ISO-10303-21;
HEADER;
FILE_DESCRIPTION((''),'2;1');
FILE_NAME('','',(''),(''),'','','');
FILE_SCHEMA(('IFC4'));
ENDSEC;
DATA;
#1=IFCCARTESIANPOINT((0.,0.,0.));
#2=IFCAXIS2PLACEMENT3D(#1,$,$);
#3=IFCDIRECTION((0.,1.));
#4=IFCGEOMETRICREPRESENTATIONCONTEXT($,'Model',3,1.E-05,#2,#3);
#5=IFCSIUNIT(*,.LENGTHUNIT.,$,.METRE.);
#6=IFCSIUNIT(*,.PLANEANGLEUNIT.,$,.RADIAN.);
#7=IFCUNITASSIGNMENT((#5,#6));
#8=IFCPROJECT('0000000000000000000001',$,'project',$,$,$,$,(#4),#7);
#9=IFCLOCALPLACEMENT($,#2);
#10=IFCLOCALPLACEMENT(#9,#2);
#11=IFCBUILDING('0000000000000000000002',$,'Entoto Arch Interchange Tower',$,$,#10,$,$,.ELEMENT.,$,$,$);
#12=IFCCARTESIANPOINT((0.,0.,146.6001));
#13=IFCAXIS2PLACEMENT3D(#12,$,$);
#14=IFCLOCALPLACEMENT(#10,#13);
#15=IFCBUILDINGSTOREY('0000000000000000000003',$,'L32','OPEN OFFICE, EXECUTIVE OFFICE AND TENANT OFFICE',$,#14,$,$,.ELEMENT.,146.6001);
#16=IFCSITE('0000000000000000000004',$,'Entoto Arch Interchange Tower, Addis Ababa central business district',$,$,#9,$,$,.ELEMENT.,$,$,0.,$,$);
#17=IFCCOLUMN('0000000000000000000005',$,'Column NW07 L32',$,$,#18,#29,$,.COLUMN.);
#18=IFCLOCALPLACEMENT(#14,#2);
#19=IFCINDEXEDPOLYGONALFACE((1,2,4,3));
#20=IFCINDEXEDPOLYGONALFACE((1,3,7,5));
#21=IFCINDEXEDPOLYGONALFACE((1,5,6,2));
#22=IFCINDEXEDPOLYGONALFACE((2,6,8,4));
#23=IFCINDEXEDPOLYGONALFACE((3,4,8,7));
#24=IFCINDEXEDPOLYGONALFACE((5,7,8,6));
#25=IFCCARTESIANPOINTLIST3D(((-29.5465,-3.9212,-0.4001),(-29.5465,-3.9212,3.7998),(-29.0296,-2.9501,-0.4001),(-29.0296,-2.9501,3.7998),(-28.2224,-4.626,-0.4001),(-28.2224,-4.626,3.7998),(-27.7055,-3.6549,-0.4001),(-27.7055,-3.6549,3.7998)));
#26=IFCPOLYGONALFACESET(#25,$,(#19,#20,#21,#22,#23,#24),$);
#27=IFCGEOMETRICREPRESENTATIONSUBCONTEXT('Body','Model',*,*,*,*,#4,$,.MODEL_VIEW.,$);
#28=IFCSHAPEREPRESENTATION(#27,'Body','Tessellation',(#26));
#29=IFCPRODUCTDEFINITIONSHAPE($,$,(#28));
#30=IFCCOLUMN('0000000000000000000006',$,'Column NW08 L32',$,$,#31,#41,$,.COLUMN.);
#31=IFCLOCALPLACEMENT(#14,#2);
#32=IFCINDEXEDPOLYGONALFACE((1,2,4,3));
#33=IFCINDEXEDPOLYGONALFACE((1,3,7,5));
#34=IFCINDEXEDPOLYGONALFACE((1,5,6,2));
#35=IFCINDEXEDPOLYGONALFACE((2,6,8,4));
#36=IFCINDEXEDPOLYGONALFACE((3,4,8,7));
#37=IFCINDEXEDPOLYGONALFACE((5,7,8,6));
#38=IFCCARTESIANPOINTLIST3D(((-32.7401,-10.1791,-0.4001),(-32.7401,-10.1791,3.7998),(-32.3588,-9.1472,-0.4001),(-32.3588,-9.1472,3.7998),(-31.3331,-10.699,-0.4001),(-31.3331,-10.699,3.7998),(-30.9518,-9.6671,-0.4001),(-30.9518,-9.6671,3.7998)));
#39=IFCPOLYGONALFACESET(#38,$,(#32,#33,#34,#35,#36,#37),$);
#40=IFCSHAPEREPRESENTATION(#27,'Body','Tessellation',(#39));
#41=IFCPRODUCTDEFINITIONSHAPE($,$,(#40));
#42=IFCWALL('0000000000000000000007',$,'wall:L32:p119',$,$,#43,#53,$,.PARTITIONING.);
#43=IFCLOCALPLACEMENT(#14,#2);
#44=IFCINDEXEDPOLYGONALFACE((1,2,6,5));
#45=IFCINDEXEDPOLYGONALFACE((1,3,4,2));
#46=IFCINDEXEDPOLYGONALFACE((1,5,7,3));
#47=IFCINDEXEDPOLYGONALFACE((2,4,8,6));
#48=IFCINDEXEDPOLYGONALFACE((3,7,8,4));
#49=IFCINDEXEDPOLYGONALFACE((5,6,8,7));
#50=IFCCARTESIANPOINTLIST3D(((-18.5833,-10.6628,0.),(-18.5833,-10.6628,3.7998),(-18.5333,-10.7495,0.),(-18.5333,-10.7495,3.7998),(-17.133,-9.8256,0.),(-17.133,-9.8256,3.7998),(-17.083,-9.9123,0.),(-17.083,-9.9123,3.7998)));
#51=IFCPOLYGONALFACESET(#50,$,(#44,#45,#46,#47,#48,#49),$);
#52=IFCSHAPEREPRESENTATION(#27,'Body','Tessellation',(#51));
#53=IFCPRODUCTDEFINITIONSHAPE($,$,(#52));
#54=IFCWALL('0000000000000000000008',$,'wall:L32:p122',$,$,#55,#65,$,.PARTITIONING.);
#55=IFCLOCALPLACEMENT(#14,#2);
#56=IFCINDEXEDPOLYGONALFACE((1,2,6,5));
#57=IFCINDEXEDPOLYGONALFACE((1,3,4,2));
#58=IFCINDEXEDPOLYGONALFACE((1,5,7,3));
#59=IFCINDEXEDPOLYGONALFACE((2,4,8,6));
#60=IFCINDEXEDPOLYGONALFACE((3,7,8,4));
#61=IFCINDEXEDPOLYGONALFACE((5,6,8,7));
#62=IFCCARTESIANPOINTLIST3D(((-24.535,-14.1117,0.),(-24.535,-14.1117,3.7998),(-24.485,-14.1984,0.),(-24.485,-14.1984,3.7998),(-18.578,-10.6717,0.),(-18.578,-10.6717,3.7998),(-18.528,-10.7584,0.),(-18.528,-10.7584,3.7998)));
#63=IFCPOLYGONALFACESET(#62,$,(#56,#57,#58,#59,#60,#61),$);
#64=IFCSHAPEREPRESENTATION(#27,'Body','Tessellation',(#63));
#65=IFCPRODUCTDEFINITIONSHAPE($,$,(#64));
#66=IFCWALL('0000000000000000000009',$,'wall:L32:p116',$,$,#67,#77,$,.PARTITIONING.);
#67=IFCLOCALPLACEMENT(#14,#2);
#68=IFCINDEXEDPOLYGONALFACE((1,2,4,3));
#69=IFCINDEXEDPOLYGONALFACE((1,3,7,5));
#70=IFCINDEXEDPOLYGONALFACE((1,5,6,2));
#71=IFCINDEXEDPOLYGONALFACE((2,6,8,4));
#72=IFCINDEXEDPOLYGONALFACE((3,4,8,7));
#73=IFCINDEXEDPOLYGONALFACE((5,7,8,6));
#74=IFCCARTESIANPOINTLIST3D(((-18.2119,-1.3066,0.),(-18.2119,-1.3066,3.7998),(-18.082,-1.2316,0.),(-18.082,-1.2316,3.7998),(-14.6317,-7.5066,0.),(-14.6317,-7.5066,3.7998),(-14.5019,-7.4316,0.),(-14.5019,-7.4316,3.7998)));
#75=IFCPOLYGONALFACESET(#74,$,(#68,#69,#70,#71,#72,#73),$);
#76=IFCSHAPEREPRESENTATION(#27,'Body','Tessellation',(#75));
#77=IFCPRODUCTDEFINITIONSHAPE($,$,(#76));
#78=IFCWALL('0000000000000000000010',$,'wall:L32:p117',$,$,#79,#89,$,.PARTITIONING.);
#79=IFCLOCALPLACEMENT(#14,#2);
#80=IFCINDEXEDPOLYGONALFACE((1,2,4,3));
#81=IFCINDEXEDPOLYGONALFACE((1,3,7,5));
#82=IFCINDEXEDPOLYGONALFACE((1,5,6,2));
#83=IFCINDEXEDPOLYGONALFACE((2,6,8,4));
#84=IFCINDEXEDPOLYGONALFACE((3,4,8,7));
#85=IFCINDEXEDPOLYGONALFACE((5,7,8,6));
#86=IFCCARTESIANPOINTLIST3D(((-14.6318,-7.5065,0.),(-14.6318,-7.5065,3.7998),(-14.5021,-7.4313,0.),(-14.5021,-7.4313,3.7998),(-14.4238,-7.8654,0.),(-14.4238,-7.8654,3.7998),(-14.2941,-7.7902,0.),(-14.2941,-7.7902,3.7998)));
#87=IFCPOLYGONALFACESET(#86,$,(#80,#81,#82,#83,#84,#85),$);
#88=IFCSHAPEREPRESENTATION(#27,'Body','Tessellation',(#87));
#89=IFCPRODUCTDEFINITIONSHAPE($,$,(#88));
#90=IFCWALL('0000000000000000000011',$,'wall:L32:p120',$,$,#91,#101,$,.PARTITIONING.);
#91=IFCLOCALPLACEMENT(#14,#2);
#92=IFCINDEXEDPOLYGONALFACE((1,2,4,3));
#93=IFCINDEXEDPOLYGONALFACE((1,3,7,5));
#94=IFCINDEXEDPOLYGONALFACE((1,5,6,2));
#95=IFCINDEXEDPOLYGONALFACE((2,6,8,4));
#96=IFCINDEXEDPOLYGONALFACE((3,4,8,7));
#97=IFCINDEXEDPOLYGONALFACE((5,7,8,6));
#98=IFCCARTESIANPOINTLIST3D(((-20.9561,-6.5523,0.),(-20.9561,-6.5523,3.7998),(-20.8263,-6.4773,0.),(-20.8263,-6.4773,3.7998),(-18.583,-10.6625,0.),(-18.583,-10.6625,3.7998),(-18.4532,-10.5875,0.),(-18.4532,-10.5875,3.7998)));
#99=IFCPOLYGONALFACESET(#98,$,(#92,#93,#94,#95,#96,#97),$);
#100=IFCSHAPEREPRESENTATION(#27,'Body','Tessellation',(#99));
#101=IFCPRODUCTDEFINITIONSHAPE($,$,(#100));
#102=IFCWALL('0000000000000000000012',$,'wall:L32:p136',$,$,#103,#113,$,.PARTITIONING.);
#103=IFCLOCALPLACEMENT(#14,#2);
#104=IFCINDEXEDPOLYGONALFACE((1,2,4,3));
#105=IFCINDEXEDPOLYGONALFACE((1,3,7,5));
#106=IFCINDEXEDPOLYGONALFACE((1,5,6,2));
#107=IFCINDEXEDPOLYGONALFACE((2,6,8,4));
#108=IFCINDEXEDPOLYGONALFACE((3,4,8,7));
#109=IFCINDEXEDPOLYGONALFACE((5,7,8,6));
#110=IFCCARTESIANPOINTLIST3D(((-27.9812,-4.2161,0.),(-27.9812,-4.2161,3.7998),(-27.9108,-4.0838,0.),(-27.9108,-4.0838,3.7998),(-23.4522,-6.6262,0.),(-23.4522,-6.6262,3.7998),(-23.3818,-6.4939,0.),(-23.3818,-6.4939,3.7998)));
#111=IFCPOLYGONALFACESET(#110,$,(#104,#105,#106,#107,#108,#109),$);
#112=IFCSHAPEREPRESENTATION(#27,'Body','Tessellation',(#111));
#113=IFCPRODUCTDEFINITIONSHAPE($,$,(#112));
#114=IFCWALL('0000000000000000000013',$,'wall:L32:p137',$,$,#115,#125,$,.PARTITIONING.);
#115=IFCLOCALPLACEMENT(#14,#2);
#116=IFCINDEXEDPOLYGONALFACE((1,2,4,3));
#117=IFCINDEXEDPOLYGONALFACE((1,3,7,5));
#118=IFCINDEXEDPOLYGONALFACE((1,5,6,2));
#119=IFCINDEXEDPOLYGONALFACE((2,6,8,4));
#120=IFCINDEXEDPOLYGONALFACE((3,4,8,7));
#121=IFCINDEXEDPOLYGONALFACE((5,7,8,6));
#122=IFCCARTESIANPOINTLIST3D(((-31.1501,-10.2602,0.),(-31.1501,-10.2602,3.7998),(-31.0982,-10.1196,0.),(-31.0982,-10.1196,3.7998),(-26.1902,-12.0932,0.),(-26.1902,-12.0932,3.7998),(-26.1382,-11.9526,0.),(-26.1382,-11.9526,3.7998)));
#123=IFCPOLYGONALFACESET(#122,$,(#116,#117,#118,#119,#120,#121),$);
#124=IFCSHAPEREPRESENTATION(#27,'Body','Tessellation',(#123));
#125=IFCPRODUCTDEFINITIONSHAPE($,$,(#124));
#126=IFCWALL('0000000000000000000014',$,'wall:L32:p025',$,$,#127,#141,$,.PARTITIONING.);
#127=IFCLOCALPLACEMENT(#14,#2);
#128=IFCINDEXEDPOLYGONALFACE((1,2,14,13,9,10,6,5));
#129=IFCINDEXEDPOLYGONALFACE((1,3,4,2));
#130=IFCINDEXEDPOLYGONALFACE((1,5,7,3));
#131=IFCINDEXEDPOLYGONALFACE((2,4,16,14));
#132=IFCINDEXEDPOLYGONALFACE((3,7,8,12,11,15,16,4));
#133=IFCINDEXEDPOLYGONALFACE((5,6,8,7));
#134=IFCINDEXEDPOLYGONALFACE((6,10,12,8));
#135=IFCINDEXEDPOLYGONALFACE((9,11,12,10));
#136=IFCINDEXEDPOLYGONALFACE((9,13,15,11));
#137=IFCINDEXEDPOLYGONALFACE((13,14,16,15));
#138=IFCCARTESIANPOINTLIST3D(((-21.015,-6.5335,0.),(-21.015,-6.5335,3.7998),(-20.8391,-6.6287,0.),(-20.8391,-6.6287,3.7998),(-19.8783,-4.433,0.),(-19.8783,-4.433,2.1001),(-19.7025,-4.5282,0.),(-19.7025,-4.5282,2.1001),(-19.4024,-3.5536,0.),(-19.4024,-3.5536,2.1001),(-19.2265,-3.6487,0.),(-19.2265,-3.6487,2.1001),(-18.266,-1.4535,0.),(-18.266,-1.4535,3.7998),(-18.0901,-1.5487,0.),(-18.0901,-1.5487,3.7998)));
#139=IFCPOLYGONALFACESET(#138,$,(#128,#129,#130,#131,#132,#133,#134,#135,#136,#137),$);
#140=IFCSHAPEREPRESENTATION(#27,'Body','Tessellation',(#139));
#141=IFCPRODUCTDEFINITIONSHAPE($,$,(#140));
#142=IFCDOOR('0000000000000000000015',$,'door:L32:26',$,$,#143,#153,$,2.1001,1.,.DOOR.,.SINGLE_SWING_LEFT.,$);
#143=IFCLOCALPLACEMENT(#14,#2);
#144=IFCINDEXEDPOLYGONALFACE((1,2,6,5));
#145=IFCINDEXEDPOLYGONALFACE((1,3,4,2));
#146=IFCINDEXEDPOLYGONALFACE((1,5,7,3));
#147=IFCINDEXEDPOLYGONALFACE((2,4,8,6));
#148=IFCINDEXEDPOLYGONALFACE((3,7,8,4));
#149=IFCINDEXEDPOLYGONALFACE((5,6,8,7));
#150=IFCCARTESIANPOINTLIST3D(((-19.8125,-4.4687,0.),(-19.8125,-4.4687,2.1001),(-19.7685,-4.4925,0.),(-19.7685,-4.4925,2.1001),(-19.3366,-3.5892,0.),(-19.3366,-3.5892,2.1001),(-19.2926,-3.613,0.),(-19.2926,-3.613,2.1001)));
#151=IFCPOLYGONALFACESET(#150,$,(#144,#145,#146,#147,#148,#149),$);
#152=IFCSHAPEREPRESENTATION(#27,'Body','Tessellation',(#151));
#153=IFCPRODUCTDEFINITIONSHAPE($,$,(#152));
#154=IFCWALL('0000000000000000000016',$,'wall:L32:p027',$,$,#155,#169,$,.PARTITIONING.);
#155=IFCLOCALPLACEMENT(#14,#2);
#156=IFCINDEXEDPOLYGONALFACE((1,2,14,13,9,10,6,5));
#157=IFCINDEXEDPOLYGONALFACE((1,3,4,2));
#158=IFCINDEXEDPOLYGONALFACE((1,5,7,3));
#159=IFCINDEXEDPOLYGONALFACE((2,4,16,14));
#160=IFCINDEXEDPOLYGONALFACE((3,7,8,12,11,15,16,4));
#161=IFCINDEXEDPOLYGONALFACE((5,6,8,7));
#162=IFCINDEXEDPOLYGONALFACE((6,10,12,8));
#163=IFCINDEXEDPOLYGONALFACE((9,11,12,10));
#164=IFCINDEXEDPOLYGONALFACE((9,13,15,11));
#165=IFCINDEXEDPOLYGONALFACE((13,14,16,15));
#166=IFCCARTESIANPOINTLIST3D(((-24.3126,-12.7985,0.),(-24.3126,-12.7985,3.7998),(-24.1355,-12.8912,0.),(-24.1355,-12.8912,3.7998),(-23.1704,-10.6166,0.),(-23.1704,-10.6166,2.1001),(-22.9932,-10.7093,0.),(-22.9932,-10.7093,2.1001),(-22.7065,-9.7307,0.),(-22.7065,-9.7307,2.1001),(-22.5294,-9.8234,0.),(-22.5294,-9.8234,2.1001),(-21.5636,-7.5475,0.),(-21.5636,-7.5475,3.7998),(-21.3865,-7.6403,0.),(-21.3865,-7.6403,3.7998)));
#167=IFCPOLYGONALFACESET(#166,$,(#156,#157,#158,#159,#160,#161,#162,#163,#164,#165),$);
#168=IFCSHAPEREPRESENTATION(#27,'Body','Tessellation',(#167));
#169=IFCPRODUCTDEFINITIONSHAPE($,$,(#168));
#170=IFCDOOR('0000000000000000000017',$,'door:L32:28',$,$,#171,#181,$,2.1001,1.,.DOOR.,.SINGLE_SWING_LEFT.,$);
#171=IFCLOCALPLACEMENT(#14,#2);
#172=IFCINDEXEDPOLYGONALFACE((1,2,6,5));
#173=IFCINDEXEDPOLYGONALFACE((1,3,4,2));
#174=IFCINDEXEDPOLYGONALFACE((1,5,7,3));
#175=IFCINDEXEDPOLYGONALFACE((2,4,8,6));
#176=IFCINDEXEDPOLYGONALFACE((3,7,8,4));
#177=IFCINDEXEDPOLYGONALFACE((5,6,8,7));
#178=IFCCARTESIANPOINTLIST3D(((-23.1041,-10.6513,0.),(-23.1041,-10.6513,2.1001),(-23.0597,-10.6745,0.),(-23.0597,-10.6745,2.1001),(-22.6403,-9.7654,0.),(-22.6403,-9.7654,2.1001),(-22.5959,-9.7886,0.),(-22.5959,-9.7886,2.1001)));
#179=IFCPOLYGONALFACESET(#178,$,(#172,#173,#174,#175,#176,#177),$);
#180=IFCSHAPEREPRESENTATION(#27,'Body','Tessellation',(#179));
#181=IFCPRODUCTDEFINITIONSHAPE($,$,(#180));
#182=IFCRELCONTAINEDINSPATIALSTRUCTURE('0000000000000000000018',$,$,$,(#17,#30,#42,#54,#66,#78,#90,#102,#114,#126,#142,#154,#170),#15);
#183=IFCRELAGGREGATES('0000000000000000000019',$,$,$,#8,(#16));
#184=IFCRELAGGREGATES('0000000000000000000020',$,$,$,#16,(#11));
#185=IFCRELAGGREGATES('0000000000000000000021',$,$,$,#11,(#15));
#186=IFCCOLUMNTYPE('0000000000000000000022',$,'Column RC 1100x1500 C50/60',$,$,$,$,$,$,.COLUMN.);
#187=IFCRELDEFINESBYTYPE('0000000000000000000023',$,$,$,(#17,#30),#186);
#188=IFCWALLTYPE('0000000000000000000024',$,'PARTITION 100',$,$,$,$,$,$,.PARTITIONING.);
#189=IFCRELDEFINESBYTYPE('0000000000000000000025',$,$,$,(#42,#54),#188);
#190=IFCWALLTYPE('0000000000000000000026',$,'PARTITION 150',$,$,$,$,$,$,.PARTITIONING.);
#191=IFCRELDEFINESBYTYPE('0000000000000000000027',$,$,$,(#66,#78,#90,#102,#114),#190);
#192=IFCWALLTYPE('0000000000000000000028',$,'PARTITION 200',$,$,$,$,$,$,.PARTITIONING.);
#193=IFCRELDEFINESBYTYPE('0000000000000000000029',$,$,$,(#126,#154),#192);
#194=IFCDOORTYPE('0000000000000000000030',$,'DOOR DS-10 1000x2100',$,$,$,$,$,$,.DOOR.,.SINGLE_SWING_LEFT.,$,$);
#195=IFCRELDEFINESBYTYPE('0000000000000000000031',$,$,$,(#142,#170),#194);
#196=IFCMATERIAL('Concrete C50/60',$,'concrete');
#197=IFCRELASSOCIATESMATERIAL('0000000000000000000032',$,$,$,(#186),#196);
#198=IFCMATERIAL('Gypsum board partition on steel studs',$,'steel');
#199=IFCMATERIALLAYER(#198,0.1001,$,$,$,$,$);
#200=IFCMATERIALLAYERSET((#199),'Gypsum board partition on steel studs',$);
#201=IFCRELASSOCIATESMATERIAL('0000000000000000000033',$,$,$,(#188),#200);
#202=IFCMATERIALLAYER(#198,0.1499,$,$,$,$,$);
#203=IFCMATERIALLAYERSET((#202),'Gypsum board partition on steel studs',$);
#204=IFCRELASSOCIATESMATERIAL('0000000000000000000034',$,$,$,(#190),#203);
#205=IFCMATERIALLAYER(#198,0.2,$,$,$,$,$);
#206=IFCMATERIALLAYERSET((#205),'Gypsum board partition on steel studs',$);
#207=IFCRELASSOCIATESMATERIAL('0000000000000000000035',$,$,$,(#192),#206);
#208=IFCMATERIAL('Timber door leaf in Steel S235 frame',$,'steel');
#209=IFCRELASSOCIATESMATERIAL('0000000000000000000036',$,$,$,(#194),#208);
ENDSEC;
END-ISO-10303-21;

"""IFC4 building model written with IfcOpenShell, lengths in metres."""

from ifc_helpers import new_model, si_unit, direction, frame, frame_2d, origin, origin_2d, place, context, subcontext, project, spatial, rectangle, extrude, material, layer, layer_set, material_profile, profile_set, type_object, element, fill, save


model = new_model("IFC4")

# Units and contexts
model_context = context("Model", 3, precision=1e-05, world=origin(), true_north=direction((0.0, 1.0)))
body_context = subcontext(model_context, "Body", "Model", "MODEL_VIEW")
ifc_project = project(units=[si_unit("LENGTHUNIT", "METRE"), si_unit("PLANEANGLEUNIT", "RADIAN")], contexts=[model_context])

# Site, building, storey
site_placement = place(None, origin())
site = spatial("IfcSite", under=ifc_project, at=site_placement, Name="Entoto Arch Interchange Tower, Addis Ababa central business district", CompositionType="ELEMENT", RefElevation=0.0)
building_placement = place(site_placement, origin())
building = spatial("IfcBuilding", under=site, at=building_placement, Name="Entoto Arch Interchange Tower", CompositionType="ELEMENT")
storey_placement = place(building_placement, frame((0.0, 0.0, 146.6001)))
storey = spatial("IfcBuildingStorey", under=building, at=storey_placement, Name="L32", Description="OPEN OFFICE, EXECUTIVE OFFICE AND TENANT OFFICE", CompositionType="ELEMENT", Elevation=146.6001)

# Columns
ifc_material_1 = material(Name="Concrete C50/60", Category="concrete")
ifc_material_profile = material_profile(ifc_material_1, rectangle(XDim=1.1001, YDim=1.5, at=origin_2d()))
ifc_profile_set = profile_set([ifc_material_profile], Name="Concrete C50/60")
column_type = type_object("IfcColumnType", Name="Column RC 1100x1500 C50/60", PredefinedType="COLUMN", material=ifc_profile_set)
for number, where, z_axis, x_axis, name in (
    (1, (-28.626, -3.7881, -0.4001), (0.0, 0.0, 1.0), (0.469857, 0.882743, 0.0), "Column NW07 L32"),
    (2, (-31.8459, -9.9231, -0.4001), (0.0, 0.0, 1.0), (0.346592, 0.938016, 0.0), "Column NW08 L32"),
):
    element("IfcColumn", number, at=place(storey_placement, frame(where, z_axis=z_axis, x_axis=x_axis)), inside=storey, type_object=column_type, Name=name, PredefinedType="COLUMN", context=body_context, shape_type="SweptSolid", body=[
        extrude(rectangle(XDim=1.1001, YDim=1.5, at=origin_2d()), origin(), (0.0, 0.0, 1.0), 4.2),
    ])

# Walls
ifc_material_2 = material(Name="Gypsum board partition on steel studs", Category="steel")
ifc_layer_1 = layer(ifc_material_2, 0.1001)
ifc_layer_set_1 = layer_set([ifc_layer_1], Name="Gypsum board partition on steel studs")
wall_type_1 = type_object("IfcWallType", Name="PARTITION 100", PredefinedType="PARTITIONING", material=ifc_layer_set_1)
wall_1_placement = place(storey_placement, frame((-17.1079, -9.8689, 0.0), z_axis=(0.0, 0.0, 1.0), x_axis=(-0.866054, -0.49995, 0.0)))
element("IfcWall", 3, at=wall_1_placement, inside=storey, type_object=wall_type_1, Name="wall:L32:p119", PredefinedType="PARTITIONING", context=body_context, shape_type="SweptSolid", body=[
    extrude(rectangle(XDim=1.6746, YDim=0.1001, at=frame_2d((0.8374, 0.0))), origin(), (0.0, 0.0, 1.0), 3.7998),
])
wall_2_placement = place(storey_placement, frame((-18.553, -10.7151, 0.0), z_axis=(0.0, 0.0, 1.0), x_axis=(-0.865985, -0.500071, 0.0)))
element("IfcWall", 4, at=wall_2_placement, inside=storey, type_object=wall_type_1, Name="wall:L32:p122", PredefinedType="PARTITIONING", context=body_context, shape_type="SweptSolid", body=[
    extrude(rectangle(XDim=6.8789, YDim=0.1001, at=frame_2d((3.4395, 0.0))), origin(), (0.0, 0.0, 1.0), 3.7998),
])
ifc_layer_2 = layer(ifc_material_2, 0.1499)
ifc_layer_set_2 = layer_set([ifc_layer_2], Name="Gypsum board partition on steel studs")
wall_type_2 = type_object("IfcWallType", Name="PARTITION 150", PredefinedType="PARTITIONING", material=ifc_layer_set_2)
wall_3_placement = place(storey_placement, frame((-14.5669, -7.469, 0.0), z_axis=(0.0, 0.0, 1.0), x_axis=(-0.500056, 0.865993, 0.0)))
element("IfcWall", 5, at=wall_3_placement, inside=storey, type_object=wall_type_2, Name="wall:L32:p116", PredefinedType="PARTITIONING", context=body_context, shape_type="SweptSolid", body=[
    extrude(rectangle(XDim=7.1594, YDim=0.1499, at=frame_2d((3.5796, 0.0))), origin(), (0.0, 0.0, 1.0), 3.7998),
])
wall_4_placement = place(storey_placement, frame((-14.3589, -7.8279, 0.0), z_axis=(0.0, 0.0, 1.0), x_axis=(-0.501454, 0.865184, 0.0)))
element("IfcWall", 6, at=wall_4_placement, inside=storey, type_object=wall_type_2, Name="wall:L32:p117", PredefinedType="PARTITIONING", context=body_context, shape_type="SweptSolid", body=[
    extrude(rectangle(XDim=0.4148, YDim=0.1499, at=frame_2d((0.2075, 0.0))), origin(), (0.0, 0.0, 1.0), 3.7998),
])
wall_5_placement = place(storey_placement, frame((-18.5181, -10.625, 0.0), z_axis=(0.0, 0.0, 1.0), x_axis=(-0.500012, 0.866019, 0.0)))
element("IfcWall", 7, at=wall_5_placement, inside=storey, type_object=wall_type_2, Name="wall:L32:p120", PredefinedType="PARTITIONING", context=body_context, shape_type="SweptSolid", body=[
    extrude(rectangle(XDim=4.7461, YDim=0.1499, at=frame_2d((2.373, 0.0))), origin(), (0.0, 0.0, 1.0), 3.7998),
])
wall_6_placement = place(storey_placement, frame((-23.417, -6.5601, 0.0), z_axis=(0.0, 0.0, 1.0), x_axis=(-0.882785, 0.469778, 0.0)))
element("IfcWall", 8, at=wall_6_placement, inside=storey, type_object=wall_type_2, Name="wall:L32:p136", PredefinedType="PARTITIONING", context=body_context, shape_type="SweptSolid", body=[
    extrude(rectangle(XDim=5.1304, YDim=0.1499, at=frame_2d((2.5652, 0.0))), origin(), (0.0, 0.0, 1.0), 3.7998),
])
wall_7_placement = place(storey_placement, frame((-26.1641, -12.0229, 0.0), z_axis=(0.0, 0.0, 1.0), x_axis=(-0.937996, 0.346647, 0.0)))
element("IfcWall", 9, at=wall_7_placement, inside=storey, type_object=wall_type_2, Name="wall:L32:p137", PredefinedType="PARTITIONING", context=body_context, shape_type="SweptSolid", body=[
    extrude(rectangle(XDim=5.2878, YDim=0.1499, at=frame_2d((2.644, 0.0))), origin(), (0.0, 0.0, 1.0), 3.7998),
])

# Walls, openings, doors
ifc_layer_3 = layer(ifc_material_2, 0.2)
ifc_layer_set_3 = layer_set([ifc_layer_3], Name="Gypsum board partition on steel studs")
wall_type_3 = type_object("IfcWallType", Name="PARTITION 200", PredefinedType="PARTITIONING", material=ifc_layer_set_3)
wall_8_placement = place(storey_placement, frame((-18.178, -1.501, 0.0), z_axis=(0.0, 0.0, 1.0), x_axis=(-0.475924, -0.879487, 0.0)))
wall_8 = element("IfcWall", 10, at=wall_8_placement, inside=storey, type_object=wall_type_3, Name="wall:L32:p025", PredefinedType="PARTITIONING", context=body_context, shape_type="SweptSolid", body=[
    extrude(rectangle(XDim=5.7761, YDim=0.2, at=frame_2d((2.8882, 0.0))), origin(), (0.0, 0.0, 1.0), 3.7998),
])
opening_1_placement = place(wall_8_placement, frame((2.3879, 0.0, 0.0)))
opening_1 = element("IfcOpeningElement", 11, at=opening_1_placement, cuts=wall_8, PredefinedType="OPENING", context=body_context, shape_type="SweptSolid", body=[
    extrude(rectangle(XDim=1.0, YDim=2.1001, at=frame_2d((0.5, 1.05))), frame((0.0, 0.1099, 0.0), z_axis=(0.0, -1.0, 0.0), x_axis=(1.0, 0.0, 0.0)), (0.0, 0.0, 1.0), 0.22),
])
ifc_material_3 = material(Name="Timber door leaf in Steel S235 frame", Category="steel")
door_type = type_object("IfcDoorType", Name="DOOR DS-10 1000x2100", OperationType="SINGLE_SWING_LEFT", PredefinedType="DOOR", material=ifc_material_3)
door_1_placement = place(opening_1_placement, origin())
door_1 = element("IfcDoor", 12, at=door_1_placement, inside=storey, type_object=door_type, Name="door:L32:26", OperationType="SINGLE_SWING_LEFT", OverallHeight=2.1001, OverallWidth=1.0, PredefinedType="DOOR", context=body_context, shape_type="SweptSolid", body=[
    extrude(rectangle(XDim=1.0, YDim=2.1001, at=frame_2d((0.5, 1.05))), frame((0.0, 0.0249, 0.0), z_axis=(0.0, -1.0, 0.0), x_axis=(1.0, 0.0, 0.0)), (0.0, 0.0, 1.0), 0.05),
])
fill(opening_1, door_1)
wall_9_placement = place(storey_placement, frame((-21.4751, -7.594, 0.0), z_axis=(0.0, 0.0, 1.0), x_axis=(-0.46381, -0.885935, 0.0)))
wall_9 = element("IfcWall", 13, at=wall_9_placement, inside=storey, type_object=wall_type_3, Name="wall:L32:p027", PredefinedType="PARTITIONING", context=body_context, shape_type="SweptSolid", body=[
    extrude(rectangle(XDim=5.927, YDim=0.2, at=frame_2d((2.9634, 0.0))), origin(), (0.0, 0.0, 1.0), 3.7998),
])
opening_2_placement = place(wall_9_placement, frame((2.4641, 0.0, 0.0)))
opening_2 = element("IfcOpeningElement", 14, at=opening_2_placement, cuts=wall_9, PredefinedType="OPENING", context=body_context, shape_type="SweptSolid", body=[
    extrude(rectangle(XDim=1.0, YDim=2.1001, at=frame_2d((0.5, 1.05))), frame((0.0, 0.1099, 0.0), z_axis=(0.0, -1.0, 0.0), x_axis=(1.0, 0.0, 0.0)), (0.0, 0.0, 1.0), 0.22),
])
door_2_placement = place(opening_2_placement, origin())
door_2 = element("IfcDoor", 15, at=door_2_placement, inside=storey, type_object=door_type, Name="door:L32:28", OperationType="SINGLE_SWING_LEFT", OverallHeight=2.1001, OverallWidth=1.0, PredefinedType="DOOR", context=body_context, shape_type="SweptSolid", body=[
    extrude(rectangle(XDim=1.0, YDim=2.1001, at=frame_2d((0.5, 1.05))), frame((0.0, 0.0249, 0.0), z_axis=(0.0, -1.0, 0.0), x_axis=(1.0, 0.0, 0.0)), (0.0, 0.0, 1.0), 0.05),
])
fill(opening_2, door_2)

save(model, "model.ifc")
